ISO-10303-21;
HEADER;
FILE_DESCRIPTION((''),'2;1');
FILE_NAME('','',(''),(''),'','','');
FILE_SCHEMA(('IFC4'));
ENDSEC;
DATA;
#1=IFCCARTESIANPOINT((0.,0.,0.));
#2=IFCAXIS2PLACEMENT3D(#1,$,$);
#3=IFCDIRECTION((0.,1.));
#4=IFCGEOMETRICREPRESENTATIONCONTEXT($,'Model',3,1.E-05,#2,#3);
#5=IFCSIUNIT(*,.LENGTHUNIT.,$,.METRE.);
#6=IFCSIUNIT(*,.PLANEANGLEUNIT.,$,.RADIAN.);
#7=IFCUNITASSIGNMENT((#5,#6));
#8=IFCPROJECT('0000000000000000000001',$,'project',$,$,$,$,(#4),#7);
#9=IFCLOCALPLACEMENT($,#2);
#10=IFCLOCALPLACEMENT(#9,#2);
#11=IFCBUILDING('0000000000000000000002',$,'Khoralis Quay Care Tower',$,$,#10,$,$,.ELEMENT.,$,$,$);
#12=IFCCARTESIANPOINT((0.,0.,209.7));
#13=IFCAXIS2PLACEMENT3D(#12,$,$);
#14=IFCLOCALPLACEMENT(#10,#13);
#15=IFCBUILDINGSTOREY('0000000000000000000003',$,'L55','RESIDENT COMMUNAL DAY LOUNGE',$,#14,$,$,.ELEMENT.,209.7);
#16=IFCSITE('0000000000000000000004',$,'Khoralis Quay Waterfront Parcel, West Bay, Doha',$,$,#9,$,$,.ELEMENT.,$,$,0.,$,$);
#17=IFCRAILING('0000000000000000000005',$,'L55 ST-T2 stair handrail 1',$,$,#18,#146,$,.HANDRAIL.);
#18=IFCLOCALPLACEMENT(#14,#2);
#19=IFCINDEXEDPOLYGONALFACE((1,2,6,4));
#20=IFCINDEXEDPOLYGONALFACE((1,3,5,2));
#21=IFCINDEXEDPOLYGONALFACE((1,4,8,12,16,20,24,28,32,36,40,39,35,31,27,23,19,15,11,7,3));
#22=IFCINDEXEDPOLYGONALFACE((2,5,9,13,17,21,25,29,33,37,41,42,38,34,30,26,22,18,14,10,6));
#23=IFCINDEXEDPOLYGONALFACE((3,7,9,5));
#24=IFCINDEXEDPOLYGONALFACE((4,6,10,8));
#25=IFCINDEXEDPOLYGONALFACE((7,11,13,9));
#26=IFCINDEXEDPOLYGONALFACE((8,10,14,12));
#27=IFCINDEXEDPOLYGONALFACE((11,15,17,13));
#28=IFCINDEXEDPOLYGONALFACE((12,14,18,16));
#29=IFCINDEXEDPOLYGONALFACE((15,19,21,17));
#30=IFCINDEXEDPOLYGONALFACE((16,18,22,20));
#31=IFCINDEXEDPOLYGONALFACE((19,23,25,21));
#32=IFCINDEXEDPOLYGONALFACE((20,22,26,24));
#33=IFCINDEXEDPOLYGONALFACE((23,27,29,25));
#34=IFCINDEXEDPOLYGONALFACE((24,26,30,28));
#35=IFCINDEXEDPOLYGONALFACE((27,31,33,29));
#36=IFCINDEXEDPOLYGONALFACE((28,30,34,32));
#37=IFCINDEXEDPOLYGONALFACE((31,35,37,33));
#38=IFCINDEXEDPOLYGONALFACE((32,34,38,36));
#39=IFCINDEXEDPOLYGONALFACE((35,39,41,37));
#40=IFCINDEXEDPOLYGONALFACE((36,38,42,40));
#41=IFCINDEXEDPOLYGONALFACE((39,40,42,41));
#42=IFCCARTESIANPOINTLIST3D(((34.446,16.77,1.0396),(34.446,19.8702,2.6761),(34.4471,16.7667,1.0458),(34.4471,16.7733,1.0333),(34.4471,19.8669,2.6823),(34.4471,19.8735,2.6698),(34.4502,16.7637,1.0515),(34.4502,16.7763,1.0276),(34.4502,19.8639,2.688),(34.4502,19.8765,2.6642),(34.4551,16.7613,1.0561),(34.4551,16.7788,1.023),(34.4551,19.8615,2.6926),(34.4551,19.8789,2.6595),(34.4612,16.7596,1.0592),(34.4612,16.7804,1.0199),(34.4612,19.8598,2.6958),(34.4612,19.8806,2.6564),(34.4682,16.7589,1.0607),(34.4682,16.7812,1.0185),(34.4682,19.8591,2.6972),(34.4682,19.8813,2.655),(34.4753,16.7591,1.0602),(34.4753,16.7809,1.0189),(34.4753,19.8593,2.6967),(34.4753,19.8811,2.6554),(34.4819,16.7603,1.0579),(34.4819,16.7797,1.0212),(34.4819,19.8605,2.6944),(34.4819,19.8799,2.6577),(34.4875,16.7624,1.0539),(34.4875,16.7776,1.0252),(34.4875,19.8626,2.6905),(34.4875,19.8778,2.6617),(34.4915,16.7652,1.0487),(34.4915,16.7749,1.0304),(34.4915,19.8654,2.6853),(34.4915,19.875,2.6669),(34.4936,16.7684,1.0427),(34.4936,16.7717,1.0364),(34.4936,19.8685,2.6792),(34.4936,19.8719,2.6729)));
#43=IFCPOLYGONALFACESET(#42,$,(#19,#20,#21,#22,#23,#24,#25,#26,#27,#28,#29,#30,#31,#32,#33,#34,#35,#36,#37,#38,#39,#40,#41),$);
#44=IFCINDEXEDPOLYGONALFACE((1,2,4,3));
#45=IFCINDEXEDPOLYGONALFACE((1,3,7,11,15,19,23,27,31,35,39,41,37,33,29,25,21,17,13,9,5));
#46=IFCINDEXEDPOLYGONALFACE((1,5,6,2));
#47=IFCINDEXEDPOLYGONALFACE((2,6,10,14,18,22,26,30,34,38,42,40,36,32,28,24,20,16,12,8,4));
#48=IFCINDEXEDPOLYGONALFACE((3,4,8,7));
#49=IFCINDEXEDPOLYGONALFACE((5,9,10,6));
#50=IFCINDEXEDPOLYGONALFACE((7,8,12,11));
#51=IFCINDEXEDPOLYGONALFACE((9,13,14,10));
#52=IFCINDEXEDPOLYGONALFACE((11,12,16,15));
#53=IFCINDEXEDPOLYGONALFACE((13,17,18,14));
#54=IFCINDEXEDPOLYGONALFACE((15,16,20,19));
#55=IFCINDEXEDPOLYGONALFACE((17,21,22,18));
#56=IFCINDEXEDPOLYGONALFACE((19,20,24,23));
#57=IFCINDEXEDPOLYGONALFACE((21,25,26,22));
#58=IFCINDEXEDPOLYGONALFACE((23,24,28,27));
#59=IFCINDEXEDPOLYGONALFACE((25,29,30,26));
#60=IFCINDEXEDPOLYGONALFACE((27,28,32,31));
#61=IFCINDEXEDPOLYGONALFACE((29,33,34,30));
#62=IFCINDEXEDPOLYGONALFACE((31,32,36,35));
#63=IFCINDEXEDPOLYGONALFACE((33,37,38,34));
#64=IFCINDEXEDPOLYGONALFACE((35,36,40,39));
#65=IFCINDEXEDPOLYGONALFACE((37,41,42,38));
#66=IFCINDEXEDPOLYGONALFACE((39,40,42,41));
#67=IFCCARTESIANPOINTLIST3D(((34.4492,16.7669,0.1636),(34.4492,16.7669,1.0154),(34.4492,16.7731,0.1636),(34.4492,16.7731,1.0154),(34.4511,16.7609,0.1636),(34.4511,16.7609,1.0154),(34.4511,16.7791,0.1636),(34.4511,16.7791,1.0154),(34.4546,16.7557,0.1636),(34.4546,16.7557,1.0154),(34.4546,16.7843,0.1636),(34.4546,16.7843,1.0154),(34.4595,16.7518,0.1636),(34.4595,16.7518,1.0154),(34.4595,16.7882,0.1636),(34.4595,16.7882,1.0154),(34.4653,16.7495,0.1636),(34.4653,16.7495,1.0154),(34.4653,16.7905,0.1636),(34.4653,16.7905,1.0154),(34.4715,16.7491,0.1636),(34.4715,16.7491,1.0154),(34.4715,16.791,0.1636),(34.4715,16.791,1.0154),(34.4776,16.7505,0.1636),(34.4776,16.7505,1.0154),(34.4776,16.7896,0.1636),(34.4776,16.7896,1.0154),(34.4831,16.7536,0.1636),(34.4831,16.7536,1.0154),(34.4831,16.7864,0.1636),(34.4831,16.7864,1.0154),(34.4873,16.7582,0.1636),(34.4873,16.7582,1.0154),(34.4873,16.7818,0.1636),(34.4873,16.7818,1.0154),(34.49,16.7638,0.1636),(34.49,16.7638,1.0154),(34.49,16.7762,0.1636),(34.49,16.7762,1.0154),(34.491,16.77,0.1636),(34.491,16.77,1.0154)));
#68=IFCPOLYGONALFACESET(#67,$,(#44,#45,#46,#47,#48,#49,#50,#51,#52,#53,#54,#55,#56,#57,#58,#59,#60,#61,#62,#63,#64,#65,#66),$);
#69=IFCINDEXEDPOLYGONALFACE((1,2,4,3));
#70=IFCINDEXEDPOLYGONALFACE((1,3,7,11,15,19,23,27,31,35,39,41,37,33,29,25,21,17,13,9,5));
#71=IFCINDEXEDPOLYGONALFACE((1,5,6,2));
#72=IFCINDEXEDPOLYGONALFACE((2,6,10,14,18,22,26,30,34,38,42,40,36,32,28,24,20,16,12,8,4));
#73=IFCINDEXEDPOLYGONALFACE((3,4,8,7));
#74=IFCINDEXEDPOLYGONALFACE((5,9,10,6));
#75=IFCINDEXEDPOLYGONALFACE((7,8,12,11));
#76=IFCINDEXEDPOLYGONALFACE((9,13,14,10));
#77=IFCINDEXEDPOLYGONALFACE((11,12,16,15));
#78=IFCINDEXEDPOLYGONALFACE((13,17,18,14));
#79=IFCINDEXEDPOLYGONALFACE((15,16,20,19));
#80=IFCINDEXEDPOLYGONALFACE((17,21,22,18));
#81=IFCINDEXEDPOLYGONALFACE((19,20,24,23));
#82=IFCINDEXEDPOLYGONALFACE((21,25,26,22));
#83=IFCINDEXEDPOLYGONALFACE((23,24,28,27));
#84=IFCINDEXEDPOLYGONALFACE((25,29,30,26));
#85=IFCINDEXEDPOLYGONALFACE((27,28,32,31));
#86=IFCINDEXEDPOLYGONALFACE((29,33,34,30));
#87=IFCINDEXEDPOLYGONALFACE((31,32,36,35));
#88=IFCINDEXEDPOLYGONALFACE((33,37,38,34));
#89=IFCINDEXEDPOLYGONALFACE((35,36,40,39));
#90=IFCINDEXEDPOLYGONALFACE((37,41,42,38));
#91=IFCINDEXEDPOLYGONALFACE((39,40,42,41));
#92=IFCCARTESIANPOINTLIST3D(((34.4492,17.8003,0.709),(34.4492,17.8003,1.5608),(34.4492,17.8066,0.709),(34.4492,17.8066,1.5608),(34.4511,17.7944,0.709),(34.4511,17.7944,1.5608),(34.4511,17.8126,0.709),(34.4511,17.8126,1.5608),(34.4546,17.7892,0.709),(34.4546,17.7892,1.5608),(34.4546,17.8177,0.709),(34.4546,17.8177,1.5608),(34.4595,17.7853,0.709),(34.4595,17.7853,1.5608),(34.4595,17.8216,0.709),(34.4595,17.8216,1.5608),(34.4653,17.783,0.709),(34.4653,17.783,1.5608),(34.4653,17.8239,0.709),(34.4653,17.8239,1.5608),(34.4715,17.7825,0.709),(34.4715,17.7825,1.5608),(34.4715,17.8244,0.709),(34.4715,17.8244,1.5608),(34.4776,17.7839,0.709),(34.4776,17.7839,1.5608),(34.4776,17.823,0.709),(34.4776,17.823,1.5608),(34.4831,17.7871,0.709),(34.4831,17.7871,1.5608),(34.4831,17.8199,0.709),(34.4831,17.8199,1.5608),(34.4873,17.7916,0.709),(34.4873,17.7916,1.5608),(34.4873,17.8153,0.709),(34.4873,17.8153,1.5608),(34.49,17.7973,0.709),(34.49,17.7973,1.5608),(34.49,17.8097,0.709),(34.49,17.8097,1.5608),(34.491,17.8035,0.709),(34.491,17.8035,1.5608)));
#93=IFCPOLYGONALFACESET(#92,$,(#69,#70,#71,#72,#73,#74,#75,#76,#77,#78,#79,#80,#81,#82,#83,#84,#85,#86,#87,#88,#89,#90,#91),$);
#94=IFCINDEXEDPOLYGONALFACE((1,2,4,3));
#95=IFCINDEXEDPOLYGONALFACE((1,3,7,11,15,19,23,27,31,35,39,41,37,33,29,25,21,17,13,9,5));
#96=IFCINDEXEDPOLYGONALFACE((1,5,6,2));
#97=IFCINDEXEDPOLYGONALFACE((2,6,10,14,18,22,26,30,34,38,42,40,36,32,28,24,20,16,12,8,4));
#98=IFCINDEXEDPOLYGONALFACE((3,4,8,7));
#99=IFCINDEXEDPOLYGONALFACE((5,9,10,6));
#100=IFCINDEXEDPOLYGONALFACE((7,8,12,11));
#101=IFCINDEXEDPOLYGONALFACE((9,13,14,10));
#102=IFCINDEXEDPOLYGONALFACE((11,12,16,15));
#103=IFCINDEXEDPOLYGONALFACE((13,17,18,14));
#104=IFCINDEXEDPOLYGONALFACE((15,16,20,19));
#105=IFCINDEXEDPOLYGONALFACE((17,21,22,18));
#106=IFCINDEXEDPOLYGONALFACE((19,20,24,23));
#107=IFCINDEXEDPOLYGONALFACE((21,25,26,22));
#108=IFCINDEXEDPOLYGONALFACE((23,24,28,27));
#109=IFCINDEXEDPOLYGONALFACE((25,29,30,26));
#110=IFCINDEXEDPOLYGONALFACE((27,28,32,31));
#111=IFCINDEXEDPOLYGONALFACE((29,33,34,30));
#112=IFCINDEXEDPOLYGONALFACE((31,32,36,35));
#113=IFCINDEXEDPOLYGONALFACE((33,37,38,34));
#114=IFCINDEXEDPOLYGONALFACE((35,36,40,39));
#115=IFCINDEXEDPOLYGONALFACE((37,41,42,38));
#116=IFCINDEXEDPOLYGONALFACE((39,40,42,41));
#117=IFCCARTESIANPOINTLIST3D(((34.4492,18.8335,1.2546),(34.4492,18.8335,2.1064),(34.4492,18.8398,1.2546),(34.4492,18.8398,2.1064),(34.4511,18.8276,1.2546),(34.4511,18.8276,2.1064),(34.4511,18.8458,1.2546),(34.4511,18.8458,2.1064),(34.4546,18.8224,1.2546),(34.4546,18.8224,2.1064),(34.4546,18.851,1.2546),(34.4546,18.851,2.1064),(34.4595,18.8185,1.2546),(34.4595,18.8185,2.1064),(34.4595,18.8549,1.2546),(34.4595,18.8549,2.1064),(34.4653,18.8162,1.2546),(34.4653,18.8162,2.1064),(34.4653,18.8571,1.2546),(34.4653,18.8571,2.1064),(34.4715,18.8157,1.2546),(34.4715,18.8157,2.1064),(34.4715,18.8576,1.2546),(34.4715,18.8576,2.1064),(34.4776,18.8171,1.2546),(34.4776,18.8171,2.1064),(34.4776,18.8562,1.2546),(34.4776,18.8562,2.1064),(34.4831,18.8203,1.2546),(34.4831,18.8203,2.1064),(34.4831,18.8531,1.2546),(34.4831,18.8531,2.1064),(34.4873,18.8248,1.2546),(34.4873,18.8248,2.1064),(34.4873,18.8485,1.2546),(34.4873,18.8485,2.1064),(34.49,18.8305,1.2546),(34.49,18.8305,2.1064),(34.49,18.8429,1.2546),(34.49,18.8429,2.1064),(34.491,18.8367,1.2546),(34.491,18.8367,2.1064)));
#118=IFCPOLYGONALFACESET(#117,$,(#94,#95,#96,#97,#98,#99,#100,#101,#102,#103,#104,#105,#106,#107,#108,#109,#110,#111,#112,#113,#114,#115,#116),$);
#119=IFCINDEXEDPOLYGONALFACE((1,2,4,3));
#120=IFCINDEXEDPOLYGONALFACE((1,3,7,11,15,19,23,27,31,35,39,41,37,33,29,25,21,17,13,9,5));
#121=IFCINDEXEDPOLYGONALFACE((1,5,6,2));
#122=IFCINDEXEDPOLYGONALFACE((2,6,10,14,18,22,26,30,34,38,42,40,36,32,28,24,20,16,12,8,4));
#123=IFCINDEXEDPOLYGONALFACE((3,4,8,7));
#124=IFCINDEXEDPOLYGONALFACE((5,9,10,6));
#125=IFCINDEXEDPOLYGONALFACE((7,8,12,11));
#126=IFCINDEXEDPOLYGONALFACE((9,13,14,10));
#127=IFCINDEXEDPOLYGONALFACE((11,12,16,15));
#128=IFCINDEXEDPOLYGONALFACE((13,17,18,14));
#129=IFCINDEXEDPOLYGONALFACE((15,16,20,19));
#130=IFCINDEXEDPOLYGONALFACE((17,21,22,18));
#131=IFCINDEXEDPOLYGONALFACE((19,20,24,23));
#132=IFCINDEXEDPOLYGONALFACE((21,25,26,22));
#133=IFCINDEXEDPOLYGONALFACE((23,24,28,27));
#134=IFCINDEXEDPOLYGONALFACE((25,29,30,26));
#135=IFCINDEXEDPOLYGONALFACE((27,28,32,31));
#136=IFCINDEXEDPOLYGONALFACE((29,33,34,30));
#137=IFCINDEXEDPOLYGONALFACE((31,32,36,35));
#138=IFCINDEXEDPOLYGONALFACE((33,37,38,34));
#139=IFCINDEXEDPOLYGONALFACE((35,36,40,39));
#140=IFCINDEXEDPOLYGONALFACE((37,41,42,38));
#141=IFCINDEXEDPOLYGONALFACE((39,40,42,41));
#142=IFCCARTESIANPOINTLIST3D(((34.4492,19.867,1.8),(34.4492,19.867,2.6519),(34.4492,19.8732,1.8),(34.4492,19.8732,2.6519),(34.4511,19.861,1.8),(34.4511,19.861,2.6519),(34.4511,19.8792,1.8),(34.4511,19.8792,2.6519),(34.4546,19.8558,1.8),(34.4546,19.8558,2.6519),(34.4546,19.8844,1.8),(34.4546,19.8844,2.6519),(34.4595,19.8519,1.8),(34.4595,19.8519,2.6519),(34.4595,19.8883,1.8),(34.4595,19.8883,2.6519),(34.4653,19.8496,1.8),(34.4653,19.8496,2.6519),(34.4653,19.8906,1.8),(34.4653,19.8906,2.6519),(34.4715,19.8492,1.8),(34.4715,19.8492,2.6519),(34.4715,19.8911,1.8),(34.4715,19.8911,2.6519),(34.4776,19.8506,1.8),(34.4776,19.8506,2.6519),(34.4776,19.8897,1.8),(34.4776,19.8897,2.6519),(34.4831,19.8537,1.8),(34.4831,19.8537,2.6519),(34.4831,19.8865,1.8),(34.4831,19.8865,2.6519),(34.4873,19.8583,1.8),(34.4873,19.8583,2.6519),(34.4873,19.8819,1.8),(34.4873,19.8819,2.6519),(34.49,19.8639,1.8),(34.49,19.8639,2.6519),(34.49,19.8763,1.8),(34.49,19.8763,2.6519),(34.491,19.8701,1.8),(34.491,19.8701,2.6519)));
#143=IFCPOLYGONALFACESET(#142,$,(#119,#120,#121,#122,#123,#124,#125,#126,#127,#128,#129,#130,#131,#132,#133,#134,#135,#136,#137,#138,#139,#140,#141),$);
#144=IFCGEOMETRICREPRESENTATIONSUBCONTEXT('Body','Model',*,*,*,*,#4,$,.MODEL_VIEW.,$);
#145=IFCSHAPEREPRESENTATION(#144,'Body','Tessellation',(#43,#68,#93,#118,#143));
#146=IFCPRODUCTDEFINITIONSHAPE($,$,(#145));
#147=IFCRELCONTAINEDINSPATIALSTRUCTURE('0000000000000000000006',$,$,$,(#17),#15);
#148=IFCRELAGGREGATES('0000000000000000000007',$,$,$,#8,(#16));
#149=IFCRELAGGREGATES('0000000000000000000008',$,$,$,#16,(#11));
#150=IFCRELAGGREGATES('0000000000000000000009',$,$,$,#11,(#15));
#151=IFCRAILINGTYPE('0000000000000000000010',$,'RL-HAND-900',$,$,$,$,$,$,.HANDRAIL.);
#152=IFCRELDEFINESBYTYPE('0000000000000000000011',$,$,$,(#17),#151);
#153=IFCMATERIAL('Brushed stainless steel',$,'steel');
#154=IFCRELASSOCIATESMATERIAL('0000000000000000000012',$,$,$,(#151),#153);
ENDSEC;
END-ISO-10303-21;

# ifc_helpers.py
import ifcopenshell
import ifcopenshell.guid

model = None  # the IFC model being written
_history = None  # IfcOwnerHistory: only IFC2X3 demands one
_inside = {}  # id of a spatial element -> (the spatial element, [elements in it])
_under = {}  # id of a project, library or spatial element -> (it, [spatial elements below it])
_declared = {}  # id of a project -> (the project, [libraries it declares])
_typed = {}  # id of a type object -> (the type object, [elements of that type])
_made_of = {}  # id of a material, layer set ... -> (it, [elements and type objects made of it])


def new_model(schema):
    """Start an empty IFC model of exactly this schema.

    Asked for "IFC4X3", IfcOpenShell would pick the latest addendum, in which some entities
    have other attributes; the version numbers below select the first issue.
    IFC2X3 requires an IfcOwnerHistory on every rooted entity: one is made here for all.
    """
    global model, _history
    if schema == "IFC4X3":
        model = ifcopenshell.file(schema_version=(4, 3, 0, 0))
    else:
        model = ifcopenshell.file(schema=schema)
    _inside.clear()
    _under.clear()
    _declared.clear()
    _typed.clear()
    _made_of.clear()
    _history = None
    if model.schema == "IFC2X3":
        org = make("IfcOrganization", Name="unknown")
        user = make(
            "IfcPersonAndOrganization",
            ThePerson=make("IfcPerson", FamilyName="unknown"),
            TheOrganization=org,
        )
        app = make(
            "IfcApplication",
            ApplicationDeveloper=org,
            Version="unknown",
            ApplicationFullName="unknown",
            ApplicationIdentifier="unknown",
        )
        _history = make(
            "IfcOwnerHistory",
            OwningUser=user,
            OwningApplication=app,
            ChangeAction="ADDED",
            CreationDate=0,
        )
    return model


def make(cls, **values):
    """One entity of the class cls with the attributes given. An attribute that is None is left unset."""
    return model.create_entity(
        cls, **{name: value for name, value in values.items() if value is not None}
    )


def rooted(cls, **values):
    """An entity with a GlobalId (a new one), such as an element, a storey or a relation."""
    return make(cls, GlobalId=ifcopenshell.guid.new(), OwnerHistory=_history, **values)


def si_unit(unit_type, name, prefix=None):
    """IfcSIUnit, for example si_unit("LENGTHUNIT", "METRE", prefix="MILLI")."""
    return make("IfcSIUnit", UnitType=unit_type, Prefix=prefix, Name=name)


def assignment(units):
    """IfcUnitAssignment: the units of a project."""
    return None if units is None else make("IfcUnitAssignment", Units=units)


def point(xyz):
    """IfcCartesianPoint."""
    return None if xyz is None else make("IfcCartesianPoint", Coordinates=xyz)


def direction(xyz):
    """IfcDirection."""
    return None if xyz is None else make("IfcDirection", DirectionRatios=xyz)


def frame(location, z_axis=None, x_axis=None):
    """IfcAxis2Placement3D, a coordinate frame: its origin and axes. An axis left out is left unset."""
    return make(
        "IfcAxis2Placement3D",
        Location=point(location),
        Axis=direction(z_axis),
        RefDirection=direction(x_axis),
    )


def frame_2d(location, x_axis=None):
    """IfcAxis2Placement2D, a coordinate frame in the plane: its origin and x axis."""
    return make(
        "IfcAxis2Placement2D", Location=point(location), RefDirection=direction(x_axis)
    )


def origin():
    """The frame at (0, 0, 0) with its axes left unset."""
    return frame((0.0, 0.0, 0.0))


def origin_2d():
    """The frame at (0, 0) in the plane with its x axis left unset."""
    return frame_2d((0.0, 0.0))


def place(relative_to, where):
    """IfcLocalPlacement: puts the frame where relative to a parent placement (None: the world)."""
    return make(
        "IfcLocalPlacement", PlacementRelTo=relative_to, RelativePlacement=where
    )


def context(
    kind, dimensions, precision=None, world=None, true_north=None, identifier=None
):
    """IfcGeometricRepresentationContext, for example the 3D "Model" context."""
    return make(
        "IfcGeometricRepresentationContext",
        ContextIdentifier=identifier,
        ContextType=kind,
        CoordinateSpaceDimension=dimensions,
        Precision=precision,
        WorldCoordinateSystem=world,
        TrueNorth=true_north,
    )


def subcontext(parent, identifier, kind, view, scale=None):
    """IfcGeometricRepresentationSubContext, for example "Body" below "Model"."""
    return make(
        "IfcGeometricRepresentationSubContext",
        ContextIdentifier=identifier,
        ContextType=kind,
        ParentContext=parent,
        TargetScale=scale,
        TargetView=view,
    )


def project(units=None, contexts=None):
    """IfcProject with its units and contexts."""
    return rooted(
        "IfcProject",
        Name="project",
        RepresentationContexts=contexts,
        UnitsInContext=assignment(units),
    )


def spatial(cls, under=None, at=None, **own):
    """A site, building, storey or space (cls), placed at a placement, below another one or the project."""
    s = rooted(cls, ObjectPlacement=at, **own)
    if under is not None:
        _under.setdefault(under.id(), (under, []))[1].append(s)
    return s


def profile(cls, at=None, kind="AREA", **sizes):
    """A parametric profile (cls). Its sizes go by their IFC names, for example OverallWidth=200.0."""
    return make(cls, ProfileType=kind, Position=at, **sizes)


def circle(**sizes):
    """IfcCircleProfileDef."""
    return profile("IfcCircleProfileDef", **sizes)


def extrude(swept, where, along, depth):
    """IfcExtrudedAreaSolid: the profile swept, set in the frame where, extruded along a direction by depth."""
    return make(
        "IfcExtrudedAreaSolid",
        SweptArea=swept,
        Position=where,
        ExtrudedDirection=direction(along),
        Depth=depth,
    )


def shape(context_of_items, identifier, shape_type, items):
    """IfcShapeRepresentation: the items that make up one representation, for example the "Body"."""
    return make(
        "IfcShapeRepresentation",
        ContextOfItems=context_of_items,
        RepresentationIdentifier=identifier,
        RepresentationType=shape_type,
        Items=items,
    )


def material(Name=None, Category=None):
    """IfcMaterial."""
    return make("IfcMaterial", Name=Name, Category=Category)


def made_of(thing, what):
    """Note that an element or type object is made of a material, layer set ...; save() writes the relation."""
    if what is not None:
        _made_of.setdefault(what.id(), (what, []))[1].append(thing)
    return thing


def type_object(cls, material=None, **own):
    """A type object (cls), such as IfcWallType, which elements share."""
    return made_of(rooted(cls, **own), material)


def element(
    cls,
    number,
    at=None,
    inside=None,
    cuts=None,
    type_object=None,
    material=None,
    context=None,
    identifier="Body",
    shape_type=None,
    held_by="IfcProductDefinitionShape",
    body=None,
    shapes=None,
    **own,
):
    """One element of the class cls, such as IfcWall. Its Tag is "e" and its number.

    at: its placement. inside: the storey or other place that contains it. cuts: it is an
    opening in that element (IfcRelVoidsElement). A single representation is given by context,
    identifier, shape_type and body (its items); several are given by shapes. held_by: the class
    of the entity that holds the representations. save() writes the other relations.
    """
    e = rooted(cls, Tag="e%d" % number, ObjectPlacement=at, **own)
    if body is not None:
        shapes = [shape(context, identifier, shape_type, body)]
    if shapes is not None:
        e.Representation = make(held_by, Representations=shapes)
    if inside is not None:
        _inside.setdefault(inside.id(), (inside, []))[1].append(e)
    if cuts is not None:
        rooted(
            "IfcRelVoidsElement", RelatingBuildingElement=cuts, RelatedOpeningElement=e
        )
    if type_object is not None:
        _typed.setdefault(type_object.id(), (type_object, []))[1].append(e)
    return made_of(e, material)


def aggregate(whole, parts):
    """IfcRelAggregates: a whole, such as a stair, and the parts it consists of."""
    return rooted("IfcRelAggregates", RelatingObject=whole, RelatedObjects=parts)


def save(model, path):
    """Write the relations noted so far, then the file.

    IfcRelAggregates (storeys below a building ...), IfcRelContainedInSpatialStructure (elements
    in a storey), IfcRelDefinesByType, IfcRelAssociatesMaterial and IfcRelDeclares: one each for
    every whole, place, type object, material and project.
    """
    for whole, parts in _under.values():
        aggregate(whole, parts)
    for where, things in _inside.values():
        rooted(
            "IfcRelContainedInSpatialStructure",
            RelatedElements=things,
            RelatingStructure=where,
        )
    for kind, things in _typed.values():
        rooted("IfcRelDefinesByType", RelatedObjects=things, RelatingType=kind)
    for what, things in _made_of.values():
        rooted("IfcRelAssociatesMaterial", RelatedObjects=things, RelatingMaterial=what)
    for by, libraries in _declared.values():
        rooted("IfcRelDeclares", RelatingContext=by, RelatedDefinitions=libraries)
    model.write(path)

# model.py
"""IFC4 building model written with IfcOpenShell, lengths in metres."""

from ifc_helpers import new_model, si_unit, direction, frame, origin, origin_2d, place, context, subcontext, project, spatial, circle, extrude, material, type_object, element, save


model = new_model("IFC4")

# Units and contexts
model_context = context("Model", 3, precision=1e-05, world=origin(), true_north=direction((0.0, 1.0)))
body_context = subcontext(model_context, "Body", "Model", "MODEL_VIEW")
ifc_project = project(units=[si_unit("LENGTHUNIT", "METRE"), si_unit("PLANEANGLEUNIT", "RADIAN")], contexts=[model_context])

# Site, building, storey
site_placement = place(None, origin())
site = spatial("IfcSite", under=ifc_project, at=site_placement, Name="Khoralis Quay Waterfront Parcel, West Bay, Doha", CompositionType="ELEMENT", RefElevation=0.0)
building_placement = place(site_placement, origin())
building = spatial("IfcBuilding", under=site, at=building_placement, Name="Khoralis Quay Care Tower", CompositionType="ELEMENT")
storey_placement = place(building_placement, frame((0.0, 0.0, 209.7)))
storey = spatial("IfcBuildingStorey", under=building, at=storey_placement, Name="L55", Description="RESIDENT COMMUNAL DAY LOUNGE", CompositionType="ELEMENT", Elevation=209.7)

# Shared definitions
ifc_material_1 = material(Name="Brushed stainless steel", Category="steel")

# Railing
railing_type_1 = type_object("IfcRailingType", Name="RL-HAND-900", PredefinedType="HANDRAIL", material=ifc_material_1)
railing_1_placement = place(storey_placement, frame((34.47, 16.77, 0.1636)))
element("IfcRailing", 1, at=railing_1_placement, inside=storey, type_object=railing_type_1, Name="L55 ST-T2 stair handrail 1", PredefinedType="HANDRAIL", context=body_context, shape_type="SweptSolid", body=[
    extrude(circle(Radius=0.0239, at=origin_2d()), frame((0.0, 0.0, 0.876), z_axis=(0.0, 0.884348, 0.466828), x_axis=(-1.0, 0.0, 0.0)), (0.0, 0.0, 1.0), 3.5056),
    extrude(circle(Radius=0.021, at=origin_2d()), origin(), (0.0, 0.0, 1.0), 0.8518),
    extrude(circle(Radius=0.021, at=origin_2d()), frame((0.0, 1.0334, 0.5454)), (0.0, 0.0, 1.0), 0.8518),
    extrude(circle(Radius=0.021, at=origin_2d()), frame((0.0, 2.0667, 1.0911)), (0.0, 0.0, 1.0), 0.8518),
    extrude(circle(Radius=0.021, at=origin_2d()), frame((0.0, 3.1001, 1.6365)), (0.0, 0.0, 1.0), 0.8518),
])

save(model, "model.ifc")
